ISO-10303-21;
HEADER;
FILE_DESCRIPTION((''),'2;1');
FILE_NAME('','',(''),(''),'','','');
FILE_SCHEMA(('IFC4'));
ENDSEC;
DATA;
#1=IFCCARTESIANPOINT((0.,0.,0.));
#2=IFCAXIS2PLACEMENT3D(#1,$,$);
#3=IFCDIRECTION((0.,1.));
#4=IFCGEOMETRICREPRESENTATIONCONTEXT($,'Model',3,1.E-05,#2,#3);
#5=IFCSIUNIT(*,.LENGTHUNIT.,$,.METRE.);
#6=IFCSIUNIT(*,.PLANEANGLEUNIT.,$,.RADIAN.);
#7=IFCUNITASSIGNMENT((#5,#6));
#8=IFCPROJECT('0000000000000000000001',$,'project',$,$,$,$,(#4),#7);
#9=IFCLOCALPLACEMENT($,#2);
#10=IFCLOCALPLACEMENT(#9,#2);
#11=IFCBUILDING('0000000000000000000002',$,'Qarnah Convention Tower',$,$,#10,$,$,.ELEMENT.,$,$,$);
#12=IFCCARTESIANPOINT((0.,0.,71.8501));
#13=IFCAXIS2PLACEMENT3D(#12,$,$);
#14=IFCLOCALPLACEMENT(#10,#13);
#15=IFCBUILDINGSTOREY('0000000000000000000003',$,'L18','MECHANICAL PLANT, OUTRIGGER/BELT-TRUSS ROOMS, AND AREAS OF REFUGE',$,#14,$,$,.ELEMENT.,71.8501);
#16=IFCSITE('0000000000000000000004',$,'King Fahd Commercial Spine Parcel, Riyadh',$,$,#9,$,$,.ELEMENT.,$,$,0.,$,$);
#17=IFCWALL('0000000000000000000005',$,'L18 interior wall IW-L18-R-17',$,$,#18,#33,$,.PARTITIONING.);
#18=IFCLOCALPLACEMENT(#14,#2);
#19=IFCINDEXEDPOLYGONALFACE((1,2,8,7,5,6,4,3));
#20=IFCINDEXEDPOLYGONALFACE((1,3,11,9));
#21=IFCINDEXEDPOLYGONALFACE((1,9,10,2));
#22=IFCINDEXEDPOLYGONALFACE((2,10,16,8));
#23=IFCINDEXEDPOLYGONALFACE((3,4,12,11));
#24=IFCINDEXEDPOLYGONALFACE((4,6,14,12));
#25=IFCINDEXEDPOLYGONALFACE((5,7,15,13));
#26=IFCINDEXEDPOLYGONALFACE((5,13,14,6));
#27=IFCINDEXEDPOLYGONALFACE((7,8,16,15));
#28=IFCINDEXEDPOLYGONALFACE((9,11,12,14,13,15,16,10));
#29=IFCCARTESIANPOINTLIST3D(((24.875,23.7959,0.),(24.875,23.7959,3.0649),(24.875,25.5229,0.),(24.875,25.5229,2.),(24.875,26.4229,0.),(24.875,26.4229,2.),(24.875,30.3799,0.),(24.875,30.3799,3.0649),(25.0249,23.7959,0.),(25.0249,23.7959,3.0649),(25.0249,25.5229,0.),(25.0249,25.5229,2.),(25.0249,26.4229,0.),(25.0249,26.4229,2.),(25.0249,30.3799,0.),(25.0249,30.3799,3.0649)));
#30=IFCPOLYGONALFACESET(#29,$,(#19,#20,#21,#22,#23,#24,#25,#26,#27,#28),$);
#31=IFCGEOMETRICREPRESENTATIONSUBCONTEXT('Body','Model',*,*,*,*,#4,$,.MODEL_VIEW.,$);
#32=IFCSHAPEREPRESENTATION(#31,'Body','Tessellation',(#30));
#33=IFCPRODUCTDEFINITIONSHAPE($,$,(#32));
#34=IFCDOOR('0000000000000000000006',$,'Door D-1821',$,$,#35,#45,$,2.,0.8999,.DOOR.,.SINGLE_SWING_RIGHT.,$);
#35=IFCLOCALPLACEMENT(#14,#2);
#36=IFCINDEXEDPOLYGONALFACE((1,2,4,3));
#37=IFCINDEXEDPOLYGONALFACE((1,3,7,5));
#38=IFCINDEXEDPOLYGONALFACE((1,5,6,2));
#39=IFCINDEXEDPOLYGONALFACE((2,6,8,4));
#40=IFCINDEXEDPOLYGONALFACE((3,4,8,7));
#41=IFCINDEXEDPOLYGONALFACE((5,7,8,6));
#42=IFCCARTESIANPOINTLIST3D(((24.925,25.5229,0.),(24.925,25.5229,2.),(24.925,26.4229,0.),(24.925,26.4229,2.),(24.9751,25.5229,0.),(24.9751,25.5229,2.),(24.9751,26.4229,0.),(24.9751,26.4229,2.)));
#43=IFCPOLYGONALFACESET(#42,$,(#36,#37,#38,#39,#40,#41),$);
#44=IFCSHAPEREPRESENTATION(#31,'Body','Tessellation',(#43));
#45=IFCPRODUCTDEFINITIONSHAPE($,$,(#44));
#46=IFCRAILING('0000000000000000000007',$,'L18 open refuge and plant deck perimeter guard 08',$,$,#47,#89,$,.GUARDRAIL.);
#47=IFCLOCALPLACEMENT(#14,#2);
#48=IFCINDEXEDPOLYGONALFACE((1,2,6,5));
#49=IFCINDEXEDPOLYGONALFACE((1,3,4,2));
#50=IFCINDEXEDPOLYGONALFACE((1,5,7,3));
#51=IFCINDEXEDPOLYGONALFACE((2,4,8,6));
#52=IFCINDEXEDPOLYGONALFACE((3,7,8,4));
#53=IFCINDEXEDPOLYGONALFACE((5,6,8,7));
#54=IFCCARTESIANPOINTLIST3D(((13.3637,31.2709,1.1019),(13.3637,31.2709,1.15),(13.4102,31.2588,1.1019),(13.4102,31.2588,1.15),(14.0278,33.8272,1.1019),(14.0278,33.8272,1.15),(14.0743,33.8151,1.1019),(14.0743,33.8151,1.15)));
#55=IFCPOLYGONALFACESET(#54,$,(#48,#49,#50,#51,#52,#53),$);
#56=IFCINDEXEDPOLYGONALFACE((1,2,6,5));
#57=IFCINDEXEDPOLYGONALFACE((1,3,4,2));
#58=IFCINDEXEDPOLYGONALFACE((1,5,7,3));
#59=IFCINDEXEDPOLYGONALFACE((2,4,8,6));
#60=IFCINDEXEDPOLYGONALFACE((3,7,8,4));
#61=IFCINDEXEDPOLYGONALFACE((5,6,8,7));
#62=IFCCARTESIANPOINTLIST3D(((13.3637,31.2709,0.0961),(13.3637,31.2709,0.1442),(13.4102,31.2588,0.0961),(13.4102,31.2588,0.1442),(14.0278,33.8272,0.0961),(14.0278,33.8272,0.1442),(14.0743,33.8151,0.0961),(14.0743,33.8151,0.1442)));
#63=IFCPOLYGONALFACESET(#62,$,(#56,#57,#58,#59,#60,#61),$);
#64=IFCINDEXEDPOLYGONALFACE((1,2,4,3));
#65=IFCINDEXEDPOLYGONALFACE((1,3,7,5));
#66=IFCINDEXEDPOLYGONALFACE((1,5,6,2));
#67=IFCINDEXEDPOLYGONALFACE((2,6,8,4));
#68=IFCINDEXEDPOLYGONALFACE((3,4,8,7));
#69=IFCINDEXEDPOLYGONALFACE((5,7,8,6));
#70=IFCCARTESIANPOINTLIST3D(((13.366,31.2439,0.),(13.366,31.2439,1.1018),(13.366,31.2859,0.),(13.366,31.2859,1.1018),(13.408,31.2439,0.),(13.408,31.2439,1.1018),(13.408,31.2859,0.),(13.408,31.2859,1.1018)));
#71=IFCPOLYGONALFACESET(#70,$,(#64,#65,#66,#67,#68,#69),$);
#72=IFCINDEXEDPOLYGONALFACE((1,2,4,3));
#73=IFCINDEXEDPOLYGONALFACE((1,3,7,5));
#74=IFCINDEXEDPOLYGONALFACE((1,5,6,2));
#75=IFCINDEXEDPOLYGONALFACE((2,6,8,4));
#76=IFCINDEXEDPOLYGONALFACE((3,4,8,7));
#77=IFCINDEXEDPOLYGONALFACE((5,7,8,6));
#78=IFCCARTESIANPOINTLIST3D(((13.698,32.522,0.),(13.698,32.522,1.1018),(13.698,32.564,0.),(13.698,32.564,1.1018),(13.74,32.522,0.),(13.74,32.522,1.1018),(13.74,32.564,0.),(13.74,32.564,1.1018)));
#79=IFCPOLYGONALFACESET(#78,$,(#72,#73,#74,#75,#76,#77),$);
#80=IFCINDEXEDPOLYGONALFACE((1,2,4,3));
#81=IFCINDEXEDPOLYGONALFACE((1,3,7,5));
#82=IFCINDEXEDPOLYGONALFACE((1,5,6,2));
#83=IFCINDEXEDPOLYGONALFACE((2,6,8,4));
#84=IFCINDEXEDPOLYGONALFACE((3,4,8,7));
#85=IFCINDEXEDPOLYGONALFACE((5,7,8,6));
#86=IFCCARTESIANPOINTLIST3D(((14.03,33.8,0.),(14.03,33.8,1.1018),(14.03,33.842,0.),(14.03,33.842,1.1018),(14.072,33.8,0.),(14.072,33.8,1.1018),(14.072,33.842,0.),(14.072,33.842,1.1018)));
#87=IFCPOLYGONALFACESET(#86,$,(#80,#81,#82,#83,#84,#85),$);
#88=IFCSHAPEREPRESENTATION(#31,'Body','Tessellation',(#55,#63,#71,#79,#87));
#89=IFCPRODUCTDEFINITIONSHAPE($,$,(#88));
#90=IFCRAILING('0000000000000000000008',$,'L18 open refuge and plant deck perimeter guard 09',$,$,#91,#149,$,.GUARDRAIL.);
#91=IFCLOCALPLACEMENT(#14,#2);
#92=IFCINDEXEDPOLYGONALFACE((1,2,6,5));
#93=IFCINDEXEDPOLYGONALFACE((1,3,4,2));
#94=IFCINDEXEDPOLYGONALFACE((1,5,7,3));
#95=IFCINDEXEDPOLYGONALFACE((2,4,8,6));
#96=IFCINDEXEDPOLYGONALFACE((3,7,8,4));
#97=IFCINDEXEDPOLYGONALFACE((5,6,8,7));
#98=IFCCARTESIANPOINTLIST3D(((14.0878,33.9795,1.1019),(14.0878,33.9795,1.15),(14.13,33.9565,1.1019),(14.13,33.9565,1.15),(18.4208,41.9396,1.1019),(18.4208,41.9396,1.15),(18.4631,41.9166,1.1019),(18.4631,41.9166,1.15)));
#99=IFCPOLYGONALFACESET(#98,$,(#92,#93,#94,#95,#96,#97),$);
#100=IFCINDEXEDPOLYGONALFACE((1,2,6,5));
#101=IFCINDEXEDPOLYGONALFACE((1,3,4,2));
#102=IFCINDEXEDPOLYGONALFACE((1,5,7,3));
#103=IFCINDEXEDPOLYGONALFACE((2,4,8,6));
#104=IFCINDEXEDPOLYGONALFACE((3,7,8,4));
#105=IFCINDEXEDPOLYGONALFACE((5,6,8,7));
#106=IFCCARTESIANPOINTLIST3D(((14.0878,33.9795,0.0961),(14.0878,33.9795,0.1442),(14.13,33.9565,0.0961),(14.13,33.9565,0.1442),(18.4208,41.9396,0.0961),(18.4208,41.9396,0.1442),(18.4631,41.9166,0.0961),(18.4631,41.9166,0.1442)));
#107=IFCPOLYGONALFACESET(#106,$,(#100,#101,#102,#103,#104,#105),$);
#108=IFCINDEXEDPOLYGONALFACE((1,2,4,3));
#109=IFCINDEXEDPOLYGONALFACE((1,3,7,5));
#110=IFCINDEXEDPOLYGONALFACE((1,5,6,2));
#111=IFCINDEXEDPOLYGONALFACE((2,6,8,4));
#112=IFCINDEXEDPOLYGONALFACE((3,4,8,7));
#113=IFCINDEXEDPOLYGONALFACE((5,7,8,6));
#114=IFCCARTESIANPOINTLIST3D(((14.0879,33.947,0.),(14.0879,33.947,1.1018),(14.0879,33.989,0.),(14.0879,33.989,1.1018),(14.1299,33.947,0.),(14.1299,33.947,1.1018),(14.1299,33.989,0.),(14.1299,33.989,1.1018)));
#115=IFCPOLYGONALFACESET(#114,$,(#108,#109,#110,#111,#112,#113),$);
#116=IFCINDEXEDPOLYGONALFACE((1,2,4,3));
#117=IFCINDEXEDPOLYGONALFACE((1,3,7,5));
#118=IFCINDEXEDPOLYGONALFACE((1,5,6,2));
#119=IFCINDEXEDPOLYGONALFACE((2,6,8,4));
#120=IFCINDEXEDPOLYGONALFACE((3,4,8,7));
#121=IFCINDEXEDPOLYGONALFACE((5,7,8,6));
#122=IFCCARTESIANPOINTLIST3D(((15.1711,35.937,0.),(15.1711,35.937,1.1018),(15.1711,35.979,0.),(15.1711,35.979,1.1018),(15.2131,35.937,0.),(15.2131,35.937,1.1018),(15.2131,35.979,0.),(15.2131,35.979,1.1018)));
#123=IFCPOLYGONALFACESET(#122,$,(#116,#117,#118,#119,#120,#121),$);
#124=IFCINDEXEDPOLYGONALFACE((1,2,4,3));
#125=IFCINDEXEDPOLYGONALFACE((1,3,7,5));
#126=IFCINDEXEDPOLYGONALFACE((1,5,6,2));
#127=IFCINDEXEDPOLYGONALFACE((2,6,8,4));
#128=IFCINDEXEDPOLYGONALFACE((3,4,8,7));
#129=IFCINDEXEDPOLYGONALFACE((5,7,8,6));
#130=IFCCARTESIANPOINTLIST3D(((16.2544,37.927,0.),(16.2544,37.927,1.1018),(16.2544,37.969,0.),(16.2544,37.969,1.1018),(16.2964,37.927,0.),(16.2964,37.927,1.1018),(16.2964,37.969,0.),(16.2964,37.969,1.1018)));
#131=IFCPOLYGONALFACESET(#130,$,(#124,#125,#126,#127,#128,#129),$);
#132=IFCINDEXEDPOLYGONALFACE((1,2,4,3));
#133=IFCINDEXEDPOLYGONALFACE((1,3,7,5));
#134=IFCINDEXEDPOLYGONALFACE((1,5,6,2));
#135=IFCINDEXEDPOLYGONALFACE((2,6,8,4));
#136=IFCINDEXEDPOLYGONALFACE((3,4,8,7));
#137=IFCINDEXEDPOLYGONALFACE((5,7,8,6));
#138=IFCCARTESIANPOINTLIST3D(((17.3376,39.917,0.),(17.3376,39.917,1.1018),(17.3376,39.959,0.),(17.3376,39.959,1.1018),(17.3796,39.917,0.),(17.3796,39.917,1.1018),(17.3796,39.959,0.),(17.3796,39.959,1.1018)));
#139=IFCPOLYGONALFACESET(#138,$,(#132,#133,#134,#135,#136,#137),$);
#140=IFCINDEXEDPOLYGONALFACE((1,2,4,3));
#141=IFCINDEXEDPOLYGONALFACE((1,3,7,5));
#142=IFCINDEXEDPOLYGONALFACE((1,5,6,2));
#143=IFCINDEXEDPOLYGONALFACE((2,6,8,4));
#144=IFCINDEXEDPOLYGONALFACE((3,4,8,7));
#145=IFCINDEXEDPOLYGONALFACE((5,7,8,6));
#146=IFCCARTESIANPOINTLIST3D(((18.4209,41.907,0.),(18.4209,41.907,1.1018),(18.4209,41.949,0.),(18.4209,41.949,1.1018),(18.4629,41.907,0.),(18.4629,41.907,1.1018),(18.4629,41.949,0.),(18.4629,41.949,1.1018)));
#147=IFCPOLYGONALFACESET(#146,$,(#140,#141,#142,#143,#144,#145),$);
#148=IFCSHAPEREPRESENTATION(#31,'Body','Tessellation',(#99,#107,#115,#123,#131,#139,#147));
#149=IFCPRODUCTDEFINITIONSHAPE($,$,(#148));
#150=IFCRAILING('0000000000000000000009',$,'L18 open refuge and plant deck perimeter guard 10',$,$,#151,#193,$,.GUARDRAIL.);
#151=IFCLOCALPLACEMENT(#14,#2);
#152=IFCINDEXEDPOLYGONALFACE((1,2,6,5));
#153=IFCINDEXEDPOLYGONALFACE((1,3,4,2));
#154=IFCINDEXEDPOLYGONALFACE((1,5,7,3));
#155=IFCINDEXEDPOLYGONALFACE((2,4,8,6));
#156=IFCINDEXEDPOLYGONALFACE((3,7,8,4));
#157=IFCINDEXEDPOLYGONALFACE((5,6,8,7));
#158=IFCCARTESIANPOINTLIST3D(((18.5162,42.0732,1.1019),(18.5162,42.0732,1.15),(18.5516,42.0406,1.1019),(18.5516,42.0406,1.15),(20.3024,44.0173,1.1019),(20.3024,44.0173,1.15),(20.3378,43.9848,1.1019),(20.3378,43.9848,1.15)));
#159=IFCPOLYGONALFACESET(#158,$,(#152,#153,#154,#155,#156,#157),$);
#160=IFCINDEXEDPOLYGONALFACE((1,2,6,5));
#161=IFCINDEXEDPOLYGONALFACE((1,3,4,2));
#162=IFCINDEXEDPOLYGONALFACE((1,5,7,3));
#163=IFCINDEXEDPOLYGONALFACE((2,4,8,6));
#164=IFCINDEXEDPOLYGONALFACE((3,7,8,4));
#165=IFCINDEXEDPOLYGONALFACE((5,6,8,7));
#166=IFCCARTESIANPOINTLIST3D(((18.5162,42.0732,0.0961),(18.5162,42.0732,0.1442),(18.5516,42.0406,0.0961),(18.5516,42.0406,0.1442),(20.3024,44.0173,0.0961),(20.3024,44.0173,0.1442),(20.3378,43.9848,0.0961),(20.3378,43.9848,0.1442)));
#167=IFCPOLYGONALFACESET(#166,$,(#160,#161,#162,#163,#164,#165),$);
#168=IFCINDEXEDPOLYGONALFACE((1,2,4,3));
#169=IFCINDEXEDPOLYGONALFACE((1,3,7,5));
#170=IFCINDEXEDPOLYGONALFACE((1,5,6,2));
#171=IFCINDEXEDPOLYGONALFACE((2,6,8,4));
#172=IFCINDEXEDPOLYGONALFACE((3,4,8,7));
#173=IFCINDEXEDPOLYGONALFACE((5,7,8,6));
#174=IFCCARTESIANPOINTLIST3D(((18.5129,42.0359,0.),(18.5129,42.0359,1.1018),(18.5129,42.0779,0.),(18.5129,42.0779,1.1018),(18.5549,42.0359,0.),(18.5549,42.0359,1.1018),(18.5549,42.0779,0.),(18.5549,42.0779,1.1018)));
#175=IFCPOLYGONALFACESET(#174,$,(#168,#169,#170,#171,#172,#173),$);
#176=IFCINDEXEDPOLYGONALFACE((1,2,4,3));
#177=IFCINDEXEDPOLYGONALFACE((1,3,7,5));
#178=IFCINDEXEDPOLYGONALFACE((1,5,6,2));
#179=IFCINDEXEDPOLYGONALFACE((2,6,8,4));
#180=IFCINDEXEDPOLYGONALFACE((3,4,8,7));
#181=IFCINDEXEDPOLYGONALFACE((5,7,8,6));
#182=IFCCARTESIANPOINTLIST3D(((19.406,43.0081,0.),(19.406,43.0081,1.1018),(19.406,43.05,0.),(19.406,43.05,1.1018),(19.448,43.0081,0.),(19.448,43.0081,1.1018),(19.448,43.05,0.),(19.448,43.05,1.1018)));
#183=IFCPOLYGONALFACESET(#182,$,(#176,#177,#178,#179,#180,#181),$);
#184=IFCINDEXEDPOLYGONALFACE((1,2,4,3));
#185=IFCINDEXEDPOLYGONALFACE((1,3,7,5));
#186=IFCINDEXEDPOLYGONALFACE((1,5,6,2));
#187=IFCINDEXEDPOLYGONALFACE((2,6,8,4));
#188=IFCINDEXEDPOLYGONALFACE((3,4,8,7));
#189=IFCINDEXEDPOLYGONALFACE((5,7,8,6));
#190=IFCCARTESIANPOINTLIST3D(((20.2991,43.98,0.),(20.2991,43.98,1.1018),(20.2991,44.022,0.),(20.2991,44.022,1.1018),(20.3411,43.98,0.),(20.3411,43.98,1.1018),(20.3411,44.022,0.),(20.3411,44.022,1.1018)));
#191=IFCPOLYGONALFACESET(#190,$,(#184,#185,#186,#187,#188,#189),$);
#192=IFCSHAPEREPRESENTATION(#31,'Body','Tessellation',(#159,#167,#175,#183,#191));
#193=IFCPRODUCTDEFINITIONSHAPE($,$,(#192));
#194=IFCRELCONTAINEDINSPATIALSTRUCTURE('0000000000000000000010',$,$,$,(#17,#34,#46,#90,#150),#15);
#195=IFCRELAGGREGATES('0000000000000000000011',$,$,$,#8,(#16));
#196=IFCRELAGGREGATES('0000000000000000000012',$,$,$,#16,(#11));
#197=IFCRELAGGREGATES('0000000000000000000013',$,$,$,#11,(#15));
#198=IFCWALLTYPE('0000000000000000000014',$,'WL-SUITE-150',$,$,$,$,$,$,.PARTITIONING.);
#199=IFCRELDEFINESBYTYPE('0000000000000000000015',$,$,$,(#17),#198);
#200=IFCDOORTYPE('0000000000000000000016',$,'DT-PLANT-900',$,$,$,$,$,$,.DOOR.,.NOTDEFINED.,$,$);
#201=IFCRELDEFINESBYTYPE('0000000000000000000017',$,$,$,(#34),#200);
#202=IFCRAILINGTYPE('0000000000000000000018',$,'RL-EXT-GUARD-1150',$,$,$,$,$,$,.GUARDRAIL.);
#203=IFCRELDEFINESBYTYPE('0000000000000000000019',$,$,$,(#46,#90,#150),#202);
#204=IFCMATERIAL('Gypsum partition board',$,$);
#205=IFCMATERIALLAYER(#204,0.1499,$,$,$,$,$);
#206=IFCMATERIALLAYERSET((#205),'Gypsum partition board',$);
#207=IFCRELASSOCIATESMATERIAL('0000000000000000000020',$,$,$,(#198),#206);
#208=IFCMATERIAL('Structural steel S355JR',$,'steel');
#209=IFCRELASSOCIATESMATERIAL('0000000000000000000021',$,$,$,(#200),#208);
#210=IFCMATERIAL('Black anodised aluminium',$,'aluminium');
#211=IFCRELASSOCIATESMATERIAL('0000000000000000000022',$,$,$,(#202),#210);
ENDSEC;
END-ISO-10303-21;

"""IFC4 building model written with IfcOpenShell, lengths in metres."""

from ifc_helpers import new_model, si_unit, direction, frame, frame_2d, origin, origin_2d, place, context, subcontext, project, spatial, rectangle, extrude, material, layer, layer_set, type_object, element, fill, save


model = new_model("IFC4")

# Units and contexts
model_context = context("Model", 3, precision=1e-05, world=origin(), true_north=direction((0.0, 1.0)))
body_context = subcontext(model_context, "Body", "Model", "MODEL_VIEW")
ifc_project = project(units=[si_unit("LENGTHUNIT", "METRE"), si_unit("PLANEANGLEUNIT", "RADIAN")], contexts=[model_context])

# Site, building, storey
site_placement = place(None, origin())
site = spatial("IfcSite", under=ifc_project, at=site_placement, Name="King Fahd Commercial Spine Parcel, Riyadh", CompositionType="ELEMENT", RefElevation=0.0)
building_placement = place(site_placement, origin())
building = spatial("IfcBuilding", under=site, at=building_placement, Name="Qarnah Convention Tower", CompositionType="ELEMENT")
storey_placement = place(building_placement, frame((0.0, 0.0, 71.8501)))
storey = spatial("IfcBuildingStorey", under=building, at=storey_placement, Name="L18", Description="MECHANICAL PLANT, OUTRIGGER/BELT-TRUSS ROOMS, AND AREAS OF REFUGE", CompositionType="ELEMENT", Elevation=71.8501)

# Shared definitions
ifc_material_1 = material(Name="Structural steel S355JR", Category="steel")

# Shared definitions
ifc_material_2 = material(Name="Gypsum partition board")
ifc_layer_1 = layer(ifc_material_2, 0.1499)
ifc_layer_set_1 = layer_set([ifc_layer_1], Name="Gypsum partition board")
wall_type_1 = type_object("IfcWallType", Name="WL-SUITE-150", PredefinedType="PARTITIONING", material=ifc_layer_set_1)

# Shared definitions
door_type_1 = type_object("IfcDoorType", Name="DT-PLANT-900", OperationType="NOTDEFINED", PredefinedType="DOOR", material=ifc_material_1)

# Wall, opening, door
wall_1_placement = place(storey_placement, frame((24.95, 23.7959, 0.0), z_axis=(0.0, 0.0, 1.0), x_axis=(0.0, 1.0, 0.0)))
wall_1 = element("IfcWall", 1, at=wall_1_placement, inside=storey, type_object=wall_type_1, Name="L18 interior wall IW-L18-R-17", PredefinedType="PARTITIONING", context=body_context, shape_type="SweptSolid", body=[
    extrude(rectangle(XDim=6.584, YDim=0.1499, at=frame_2d((3.292, 0.0))), origin(), (0.0, 0.0, 1.0), 3.0649),
])
opening_1_placement = place(wall_1_placement, frame((1.7271, 0.0, 0.0)))
opening_1 = element("IfcOpeningElement", 2, at=opening_1_placement, cuts=wall_1, PredefinedType="OPENING", context=body_context, shape_type="SweptSolid", body=[
    extrude(rectangle(XDim=0.8999, YDim=2.0, at=frame_2d((0.45, 1.0))), frame((0.0, 0.085, 0.0), z_axis=(0.0, -1.0, 0.0), x_axis=(1.0, 0.0, 0.0)), (0.0, 0.0, 1.0), 0.1699),
])
door_1_placement = place(opening_1_placement, origin())
door_1 = element("IfcDoor", 3, at=door_1_placement, inside=storey, type_object=door_type_1, Name="Door D-1821", OperationType="SINGLE_SWING_RIGHT", OverallHeight=2.0, OverallWidth=0.8999, PredefinedType="DOOR", context=body_context, shape_type="SweptSolid", body=[
    extrude(rectangle(XDim=0.8999, YDim=2.0, at=frame_2d((0.45, 1.0))), frame((0.0, 0.0249, 0.0), z_axis=(0.0, -1.0, 0.0), x_axis=(1.0, 0.0, 0.0)), (0.0, 0.0, 1.0), 0.05),
])
fill(opening_1, door_1)

# Railings
ifc_material_3 = material(Name="Black anodised aluminium", Category="aluminium")
railing_type = type_object("IfcRailingType", Name="RL-EXT-GUARD-1150", PredefinedType="GUARDRAIL", material=ifc_material_3)
railing_1_placement = place(storey_placement, frame((13.387, 31.2649, 0.0)))
element("IfcRailing", 4, at=railing_1_placement, inside=storey, type_object=railing_type, Name="L18 open refuge and plant deck perimeter guard 08", PredefinedType="GUARDRAIL", context=body_context, shape_type="SweptSolid", body=[
    extrude(rectangle(XDim=0.0481, YDim=0.0481, at=origin_2d()), frame((0.0, 0.0, 1.126), z_axis=(0.251443, 0.967872, 0.0), x_axis=(-0.967872, 0.251443, 0.0)), (0.0, 0.0, 1.0), 2.6411),
    extrude(rectangle(XDim=0.0481, YDim=0.0481, at=origin_2d()), frame((0.0, 0.0, 0.1201), z_axis=(0.251443, 0.967872, 0.0), x_axis=(-0.967872, 0.251443, 0.0)), (0.0, 0.0, 1.0), 2.6411),
    extrude(rectangle(XDim=0.042, YDim=0.042, at=origin_2d()), origin(), (0.0, 0.0, 1.0), 1.1018),
    extrude(rectangle(XDim=0.042, YDim=0.042, at=origin_2d()), frame((0.332, 1.2781, 0.0)), (0.0, 0.0, 1.0), 1.1018),
    extrude(rectangle(XDim=0.042, YDim=0.042, at=origin_2d()), frame((0.6641, 2.5562, 0.0)), (0.0, 0.0, 1.0), 1.1018),
])
railing_2_placement = place(storey_placement, frame((14.1089, 33.968, 0.0)))
element("IfcRailing", 5, at=railing_2_placement, inside=storey, type_object=railing_type, Name="L18 open refuge and plant deck perimeter guard 09", PredefinedType="GUARDRAIL", context=body_context, shape_type="SweptSolid", body=[
    extrude(rectangle(XDim=0.0481, YDim=0.0481, at=origin_2d()), frame((0.0, 0.0, 1.126), z_axis=(0.478105, 0.878303, 0.0), x_axis=(-0.878303, 0.478105, 0.0)), (0.0, 0.0, 1.0), 9.063),
    extrude(rectangle(XDim=0.0481, YDim=0.0481, at=origin_2d()), frame((0.0, 0.0, 0.1201), z_axis=(0.478105, 0.878303, 0.0), x_axis=(-0.878303, 0.478105, 0.0)), (0.0, 0.0, 1.0), 9.063),
    extrude(rectangle(XDim=0.042, YDim=0.042, at=origin_2d()), origin(), (0.0, 0.0, 1.0), 1.1018),
    extrude(rectangle(XDim=0.042, YDim=0.042, at=origin_2d()), frame((1.0833, 1.99, 0.0)), (0.0, 0.0, 1.0), 1.1018),
    extrude(rectangle(XDim=0.042, YDim=0.042, at=origin_2d()), frame((2.1665, 3.98, 0.0)), (0.0, 0.0, 1.0), 1.1018),
    extrude(rectangle(XDim=0.042, YDim=0.042, at=origin_2d()), frame((3.2498, 5.97, 0.0)), (0.0, 0.0, 1.0), 1.1018),
    extrude(rectangle(XDim=0.042, YDim=0.042, at=origin_2d()), frame((4.333, 7.96, 0.0)), (0.0, 0.0, 1.0), 1.1018),
])
railing_3_placement = place(storey_placement, frame((18.5339, 42.0569, 0.0)))
element("IfcRailing", 6, at=railing_3_placement, inside=storey, type_object=railing_type, Name="L18 open refuge and plant deck perimeter guard 10", PredefinedType="GUARDRAIL", context=body_context, shape_type="SweptSolid", body=[
    extrude(rectangle(XDim=0.0481, YDim=0.0481, at=origin_2d()), frame((0.0, 0.0, 1.126), z_axis=(0.676558, 0.73639, 0.0), x_axis=(-0.73639, 0.676558, 0.0)), (0.0, 0.0, 1.0), 2.6401),
    extrude(rectangle(XDim=0.0481, YDim=0.0481, at=origin_2d()), frame((0.0, 0.0, 0.1201), z_axis=(0.676558, 0.73639, 0.0), x_axis=(-0.73639, 0.676558, 0.0)), (0.0, 0.0, 1.0), 2.6401),
    extrude(rectangle(XDim=0.042, YDim=0.042, at=origin_2d()), origin(), (0.0, 0.0, 1.0), 1.1018),
    extrude(rectangle(XDim=0.042, YDim=0.042, at=origin_2d()), frame((0.8931, 0.9722, 0.0)), (0.0, 0.0, 1.0), 1.1018),
    extrude(rectangle(XDim=0.042, YDim=0.042, at=origin_2d()), frame((1.7861, 1.9441, 0.0)), (0.0, 0.0, 1.0), 1.1018),
])

save(model, "model.ifc")
